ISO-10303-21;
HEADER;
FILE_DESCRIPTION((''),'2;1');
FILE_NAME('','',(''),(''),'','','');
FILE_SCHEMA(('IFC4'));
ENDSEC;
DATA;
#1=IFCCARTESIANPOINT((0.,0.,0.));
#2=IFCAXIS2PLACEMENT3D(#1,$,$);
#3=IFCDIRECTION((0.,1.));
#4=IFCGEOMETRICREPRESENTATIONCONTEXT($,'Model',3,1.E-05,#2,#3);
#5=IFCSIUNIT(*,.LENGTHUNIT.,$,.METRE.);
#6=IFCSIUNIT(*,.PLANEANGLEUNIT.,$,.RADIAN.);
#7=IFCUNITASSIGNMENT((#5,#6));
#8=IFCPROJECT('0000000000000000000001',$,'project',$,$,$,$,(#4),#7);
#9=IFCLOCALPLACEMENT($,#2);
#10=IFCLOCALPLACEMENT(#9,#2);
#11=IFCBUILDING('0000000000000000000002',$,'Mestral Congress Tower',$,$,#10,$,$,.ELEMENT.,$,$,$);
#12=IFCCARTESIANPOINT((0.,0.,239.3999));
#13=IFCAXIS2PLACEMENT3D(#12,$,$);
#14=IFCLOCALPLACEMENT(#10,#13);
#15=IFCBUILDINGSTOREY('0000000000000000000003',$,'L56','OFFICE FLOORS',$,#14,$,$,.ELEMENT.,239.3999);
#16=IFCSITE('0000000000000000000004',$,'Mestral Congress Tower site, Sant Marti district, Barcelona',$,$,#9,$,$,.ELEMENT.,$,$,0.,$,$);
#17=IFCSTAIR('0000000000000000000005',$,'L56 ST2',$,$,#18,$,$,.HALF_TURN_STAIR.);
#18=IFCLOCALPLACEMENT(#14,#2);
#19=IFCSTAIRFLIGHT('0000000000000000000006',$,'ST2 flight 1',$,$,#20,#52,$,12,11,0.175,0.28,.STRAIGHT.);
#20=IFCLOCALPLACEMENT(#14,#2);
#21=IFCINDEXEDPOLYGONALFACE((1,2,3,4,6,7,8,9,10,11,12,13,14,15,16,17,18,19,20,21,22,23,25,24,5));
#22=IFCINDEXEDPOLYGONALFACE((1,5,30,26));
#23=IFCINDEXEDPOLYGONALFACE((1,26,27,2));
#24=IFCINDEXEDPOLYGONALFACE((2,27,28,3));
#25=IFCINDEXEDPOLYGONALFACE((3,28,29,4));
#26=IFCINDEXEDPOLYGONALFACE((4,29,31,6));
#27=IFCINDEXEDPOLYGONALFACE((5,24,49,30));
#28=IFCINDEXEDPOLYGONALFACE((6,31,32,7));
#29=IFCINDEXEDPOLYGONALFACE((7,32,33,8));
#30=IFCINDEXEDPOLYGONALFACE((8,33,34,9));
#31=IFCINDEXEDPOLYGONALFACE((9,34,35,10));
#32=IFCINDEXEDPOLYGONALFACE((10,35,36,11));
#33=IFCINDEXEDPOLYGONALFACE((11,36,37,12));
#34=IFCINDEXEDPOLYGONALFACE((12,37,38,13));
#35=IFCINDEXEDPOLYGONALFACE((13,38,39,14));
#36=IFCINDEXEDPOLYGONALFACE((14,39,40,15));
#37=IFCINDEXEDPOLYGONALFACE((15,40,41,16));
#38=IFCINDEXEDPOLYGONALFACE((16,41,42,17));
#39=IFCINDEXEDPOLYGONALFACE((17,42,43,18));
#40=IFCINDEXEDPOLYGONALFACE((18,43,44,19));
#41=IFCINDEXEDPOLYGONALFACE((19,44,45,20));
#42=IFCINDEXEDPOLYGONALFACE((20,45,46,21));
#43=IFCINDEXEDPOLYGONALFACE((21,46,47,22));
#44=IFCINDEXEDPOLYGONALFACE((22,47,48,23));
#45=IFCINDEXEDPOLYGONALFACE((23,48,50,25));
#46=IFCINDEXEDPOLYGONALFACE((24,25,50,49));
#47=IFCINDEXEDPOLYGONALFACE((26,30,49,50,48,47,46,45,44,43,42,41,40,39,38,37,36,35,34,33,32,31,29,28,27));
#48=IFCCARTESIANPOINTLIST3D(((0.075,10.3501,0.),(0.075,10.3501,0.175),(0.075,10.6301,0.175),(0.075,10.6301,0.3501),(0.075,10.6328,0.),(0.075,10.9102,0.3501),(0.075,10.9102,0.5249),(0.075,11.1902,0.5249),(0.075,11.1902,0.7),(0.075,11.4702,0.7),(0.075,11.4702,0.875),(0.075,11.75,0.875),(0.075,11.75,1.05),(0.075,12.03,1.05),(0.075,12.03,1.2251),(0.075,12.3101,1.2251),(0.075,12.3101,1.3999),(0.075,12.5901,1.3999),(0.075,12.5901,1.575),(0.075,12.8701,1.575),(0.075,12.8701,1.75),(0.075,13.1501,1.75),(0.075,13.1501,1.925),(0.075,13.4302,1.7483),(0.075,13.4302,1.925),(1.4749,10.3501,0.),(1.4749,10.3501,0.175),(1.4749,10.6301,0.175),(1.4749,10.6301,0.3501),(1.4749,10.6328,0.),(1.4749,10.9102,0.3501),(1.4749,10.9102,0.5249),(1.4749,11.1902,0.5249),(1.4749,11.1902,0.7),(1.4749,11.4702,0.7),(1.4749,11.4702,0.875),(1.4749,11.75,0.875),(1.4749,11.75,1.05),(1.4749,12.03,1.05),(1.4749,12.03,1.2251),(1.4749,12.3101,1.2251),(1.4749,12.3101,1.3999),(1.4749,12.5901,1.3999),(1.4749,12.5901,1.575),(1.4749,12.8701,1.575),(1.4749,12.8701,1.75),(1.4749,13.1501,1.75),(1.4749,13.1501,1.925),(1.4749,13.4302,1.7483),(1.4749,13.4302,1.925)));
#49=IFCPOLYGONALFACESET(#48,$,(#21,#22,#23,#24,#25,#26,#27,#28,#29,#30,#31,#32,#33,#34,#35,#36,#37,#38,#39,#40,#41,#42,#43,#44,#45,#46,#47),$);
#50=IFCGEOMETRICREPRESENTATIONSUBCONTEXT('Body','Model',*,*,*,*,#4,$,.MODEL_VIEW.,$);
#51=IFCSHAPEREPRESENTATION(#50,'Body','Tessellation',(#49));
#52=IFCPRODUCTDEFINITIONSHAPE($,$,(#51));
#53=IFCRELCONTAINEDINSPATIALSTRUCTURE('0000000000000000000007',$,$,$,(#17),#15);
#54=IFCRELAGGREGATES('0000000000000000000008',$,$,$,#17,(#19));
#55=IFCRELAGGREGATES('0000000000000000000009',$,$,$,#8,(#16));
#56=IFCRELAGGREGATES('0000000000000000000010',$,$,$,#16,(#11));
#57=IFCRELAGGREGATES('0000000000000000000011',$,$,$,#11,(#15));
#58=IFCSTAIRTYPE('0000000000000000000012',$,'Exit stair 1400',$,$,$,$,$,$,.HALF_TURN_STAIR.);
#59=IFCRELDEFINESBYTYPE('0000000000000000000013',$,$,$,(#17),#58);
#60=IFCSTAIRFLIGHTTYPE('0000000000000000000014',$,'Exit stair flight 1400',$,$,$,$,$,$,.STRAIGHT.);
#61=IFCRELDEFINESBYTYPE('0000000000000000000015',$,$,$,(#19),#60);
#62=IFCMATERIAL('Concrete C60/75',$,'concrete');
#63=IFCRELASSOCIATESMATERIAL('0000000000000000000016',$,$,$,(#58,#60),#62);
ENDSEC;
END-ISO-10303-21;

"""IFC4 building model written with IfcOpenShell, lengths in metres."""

from ifc_helpers import new_model, si_unit, direction, frame, origin, place, context, subcontext, project, spatial, polyline, outline, extrude, material, type_object, element, aggregate, save


model = new_model("IFC4")

# Units and contexts
model_context = context("Model", 3, precision=1e-05, world=origin(), true_north=direction((0.0, 1.0)))
body_context = subcontext(model_context, "Body", "Model", "MODEL_VIEW")
ifc_project = project(units=[si_unit("LENGTHUNIT", "METRE"), si_unit("PLANEANGLEUNIT", "RADIAN")], contexts=[model_context])

# Site, building, storey
site_placement = place(None, origin())
site = spatial("IfcSite", under=ifc_project, at=site_placement, Name="Mestral Congress Tower site, Sant Marti district, Barcelona", CompositionType="ELEMENT", RefElevation=0.0)
building_placement = place(site_placement, origin())
building = spatial("IfcBuilding", under=site, at=building_placement, Name="Mestral Congress Tower", CompositionType="ELEMENT")
storey_placement = place(building_placement, frame((0.0, 0.0, 239.3999)))
storey = spatial("IfcBuildingStorey", under=building, at=storey_placement, Name="L56", Description="OFFICE FLOORS", CompositionType="ELEMENT", Elevation=239.3999)

# Shared definitions
ifc_material_1 = material(Name="Concrete C60/75", Category="concrete")

# Stair, stair flight
stair_type = type_object("IfcStairType", Name="Exit stair 1400", PredefinedType="HALF_TURN_STAIR", material=ifc_material_1)
stair_placement = place(storey_placement, origin())
stair = element("IfcStair", 1, at=stair_placement, inside=storey, type_object=stair_type, Name="L56 ST2", PredefinedType="HALF_TURN_STAIR")
stair_flight_type = type_object("IfcStairFlightType", Name="Exit stair flight 1400", PredefinedType="STRAIGHT", material=ifc_material_1)
stair_flight_placement = place(storey_placement, frame((0.7749, 10.3501, 0.0), z_axis=(0.0, 0.0, 1.0), x_axis=(0.0, 1.0, 0.0)))
stair_flight = element("IfcStairFlight", 2, at=stair_flight_placement, type_object=stair_flight_type, Name="ST2 flight 1", NumberOfRisers=12, NumberOfTreads=11, PredefinedType="STRAIGHT", RiserHeight=0.175, TreadLength=0.28, context=body_context, shape_type="SweptSolid", body=[
    extrude(outline(polyline([(0.0, 0.0), (0.0, 0.175), (0.28, 0.175), (0.28, 0.3501), (0.5601, 0.3501), (0.5601, 0.5249), (0.8401, 0.5249), (0.8401, 0.7), (1.1201, 0.7), (1.1201, 0.875), (1.3999, 0.875), (1.3999, 1.05), (1.6799, 1.05), (1.6799, 1.2251), (1.96, 1.2251), (1.96, 1.3999), (2.24, 1.3999), (2.24, 1.575), (2.52, 1.575), (2.52, 1.75), (2.8, 1.75), (2.8, 1.925), (3.0801, 1.925), (3.0801, 2.1001), (3.0801, 1.7483), (0.2827, 0.0), (0.0, 0.0)])), frame((0.0, 0.7, 0.0), z_axis=(0.0, -1.0, 0.0), x_axis=(1.0, 0.0, 0.0)), (0.0, 0.0, 1.0), 1.3999),
])
aggregate(stair, [stair_flight])

save(model, "model.ifc")
